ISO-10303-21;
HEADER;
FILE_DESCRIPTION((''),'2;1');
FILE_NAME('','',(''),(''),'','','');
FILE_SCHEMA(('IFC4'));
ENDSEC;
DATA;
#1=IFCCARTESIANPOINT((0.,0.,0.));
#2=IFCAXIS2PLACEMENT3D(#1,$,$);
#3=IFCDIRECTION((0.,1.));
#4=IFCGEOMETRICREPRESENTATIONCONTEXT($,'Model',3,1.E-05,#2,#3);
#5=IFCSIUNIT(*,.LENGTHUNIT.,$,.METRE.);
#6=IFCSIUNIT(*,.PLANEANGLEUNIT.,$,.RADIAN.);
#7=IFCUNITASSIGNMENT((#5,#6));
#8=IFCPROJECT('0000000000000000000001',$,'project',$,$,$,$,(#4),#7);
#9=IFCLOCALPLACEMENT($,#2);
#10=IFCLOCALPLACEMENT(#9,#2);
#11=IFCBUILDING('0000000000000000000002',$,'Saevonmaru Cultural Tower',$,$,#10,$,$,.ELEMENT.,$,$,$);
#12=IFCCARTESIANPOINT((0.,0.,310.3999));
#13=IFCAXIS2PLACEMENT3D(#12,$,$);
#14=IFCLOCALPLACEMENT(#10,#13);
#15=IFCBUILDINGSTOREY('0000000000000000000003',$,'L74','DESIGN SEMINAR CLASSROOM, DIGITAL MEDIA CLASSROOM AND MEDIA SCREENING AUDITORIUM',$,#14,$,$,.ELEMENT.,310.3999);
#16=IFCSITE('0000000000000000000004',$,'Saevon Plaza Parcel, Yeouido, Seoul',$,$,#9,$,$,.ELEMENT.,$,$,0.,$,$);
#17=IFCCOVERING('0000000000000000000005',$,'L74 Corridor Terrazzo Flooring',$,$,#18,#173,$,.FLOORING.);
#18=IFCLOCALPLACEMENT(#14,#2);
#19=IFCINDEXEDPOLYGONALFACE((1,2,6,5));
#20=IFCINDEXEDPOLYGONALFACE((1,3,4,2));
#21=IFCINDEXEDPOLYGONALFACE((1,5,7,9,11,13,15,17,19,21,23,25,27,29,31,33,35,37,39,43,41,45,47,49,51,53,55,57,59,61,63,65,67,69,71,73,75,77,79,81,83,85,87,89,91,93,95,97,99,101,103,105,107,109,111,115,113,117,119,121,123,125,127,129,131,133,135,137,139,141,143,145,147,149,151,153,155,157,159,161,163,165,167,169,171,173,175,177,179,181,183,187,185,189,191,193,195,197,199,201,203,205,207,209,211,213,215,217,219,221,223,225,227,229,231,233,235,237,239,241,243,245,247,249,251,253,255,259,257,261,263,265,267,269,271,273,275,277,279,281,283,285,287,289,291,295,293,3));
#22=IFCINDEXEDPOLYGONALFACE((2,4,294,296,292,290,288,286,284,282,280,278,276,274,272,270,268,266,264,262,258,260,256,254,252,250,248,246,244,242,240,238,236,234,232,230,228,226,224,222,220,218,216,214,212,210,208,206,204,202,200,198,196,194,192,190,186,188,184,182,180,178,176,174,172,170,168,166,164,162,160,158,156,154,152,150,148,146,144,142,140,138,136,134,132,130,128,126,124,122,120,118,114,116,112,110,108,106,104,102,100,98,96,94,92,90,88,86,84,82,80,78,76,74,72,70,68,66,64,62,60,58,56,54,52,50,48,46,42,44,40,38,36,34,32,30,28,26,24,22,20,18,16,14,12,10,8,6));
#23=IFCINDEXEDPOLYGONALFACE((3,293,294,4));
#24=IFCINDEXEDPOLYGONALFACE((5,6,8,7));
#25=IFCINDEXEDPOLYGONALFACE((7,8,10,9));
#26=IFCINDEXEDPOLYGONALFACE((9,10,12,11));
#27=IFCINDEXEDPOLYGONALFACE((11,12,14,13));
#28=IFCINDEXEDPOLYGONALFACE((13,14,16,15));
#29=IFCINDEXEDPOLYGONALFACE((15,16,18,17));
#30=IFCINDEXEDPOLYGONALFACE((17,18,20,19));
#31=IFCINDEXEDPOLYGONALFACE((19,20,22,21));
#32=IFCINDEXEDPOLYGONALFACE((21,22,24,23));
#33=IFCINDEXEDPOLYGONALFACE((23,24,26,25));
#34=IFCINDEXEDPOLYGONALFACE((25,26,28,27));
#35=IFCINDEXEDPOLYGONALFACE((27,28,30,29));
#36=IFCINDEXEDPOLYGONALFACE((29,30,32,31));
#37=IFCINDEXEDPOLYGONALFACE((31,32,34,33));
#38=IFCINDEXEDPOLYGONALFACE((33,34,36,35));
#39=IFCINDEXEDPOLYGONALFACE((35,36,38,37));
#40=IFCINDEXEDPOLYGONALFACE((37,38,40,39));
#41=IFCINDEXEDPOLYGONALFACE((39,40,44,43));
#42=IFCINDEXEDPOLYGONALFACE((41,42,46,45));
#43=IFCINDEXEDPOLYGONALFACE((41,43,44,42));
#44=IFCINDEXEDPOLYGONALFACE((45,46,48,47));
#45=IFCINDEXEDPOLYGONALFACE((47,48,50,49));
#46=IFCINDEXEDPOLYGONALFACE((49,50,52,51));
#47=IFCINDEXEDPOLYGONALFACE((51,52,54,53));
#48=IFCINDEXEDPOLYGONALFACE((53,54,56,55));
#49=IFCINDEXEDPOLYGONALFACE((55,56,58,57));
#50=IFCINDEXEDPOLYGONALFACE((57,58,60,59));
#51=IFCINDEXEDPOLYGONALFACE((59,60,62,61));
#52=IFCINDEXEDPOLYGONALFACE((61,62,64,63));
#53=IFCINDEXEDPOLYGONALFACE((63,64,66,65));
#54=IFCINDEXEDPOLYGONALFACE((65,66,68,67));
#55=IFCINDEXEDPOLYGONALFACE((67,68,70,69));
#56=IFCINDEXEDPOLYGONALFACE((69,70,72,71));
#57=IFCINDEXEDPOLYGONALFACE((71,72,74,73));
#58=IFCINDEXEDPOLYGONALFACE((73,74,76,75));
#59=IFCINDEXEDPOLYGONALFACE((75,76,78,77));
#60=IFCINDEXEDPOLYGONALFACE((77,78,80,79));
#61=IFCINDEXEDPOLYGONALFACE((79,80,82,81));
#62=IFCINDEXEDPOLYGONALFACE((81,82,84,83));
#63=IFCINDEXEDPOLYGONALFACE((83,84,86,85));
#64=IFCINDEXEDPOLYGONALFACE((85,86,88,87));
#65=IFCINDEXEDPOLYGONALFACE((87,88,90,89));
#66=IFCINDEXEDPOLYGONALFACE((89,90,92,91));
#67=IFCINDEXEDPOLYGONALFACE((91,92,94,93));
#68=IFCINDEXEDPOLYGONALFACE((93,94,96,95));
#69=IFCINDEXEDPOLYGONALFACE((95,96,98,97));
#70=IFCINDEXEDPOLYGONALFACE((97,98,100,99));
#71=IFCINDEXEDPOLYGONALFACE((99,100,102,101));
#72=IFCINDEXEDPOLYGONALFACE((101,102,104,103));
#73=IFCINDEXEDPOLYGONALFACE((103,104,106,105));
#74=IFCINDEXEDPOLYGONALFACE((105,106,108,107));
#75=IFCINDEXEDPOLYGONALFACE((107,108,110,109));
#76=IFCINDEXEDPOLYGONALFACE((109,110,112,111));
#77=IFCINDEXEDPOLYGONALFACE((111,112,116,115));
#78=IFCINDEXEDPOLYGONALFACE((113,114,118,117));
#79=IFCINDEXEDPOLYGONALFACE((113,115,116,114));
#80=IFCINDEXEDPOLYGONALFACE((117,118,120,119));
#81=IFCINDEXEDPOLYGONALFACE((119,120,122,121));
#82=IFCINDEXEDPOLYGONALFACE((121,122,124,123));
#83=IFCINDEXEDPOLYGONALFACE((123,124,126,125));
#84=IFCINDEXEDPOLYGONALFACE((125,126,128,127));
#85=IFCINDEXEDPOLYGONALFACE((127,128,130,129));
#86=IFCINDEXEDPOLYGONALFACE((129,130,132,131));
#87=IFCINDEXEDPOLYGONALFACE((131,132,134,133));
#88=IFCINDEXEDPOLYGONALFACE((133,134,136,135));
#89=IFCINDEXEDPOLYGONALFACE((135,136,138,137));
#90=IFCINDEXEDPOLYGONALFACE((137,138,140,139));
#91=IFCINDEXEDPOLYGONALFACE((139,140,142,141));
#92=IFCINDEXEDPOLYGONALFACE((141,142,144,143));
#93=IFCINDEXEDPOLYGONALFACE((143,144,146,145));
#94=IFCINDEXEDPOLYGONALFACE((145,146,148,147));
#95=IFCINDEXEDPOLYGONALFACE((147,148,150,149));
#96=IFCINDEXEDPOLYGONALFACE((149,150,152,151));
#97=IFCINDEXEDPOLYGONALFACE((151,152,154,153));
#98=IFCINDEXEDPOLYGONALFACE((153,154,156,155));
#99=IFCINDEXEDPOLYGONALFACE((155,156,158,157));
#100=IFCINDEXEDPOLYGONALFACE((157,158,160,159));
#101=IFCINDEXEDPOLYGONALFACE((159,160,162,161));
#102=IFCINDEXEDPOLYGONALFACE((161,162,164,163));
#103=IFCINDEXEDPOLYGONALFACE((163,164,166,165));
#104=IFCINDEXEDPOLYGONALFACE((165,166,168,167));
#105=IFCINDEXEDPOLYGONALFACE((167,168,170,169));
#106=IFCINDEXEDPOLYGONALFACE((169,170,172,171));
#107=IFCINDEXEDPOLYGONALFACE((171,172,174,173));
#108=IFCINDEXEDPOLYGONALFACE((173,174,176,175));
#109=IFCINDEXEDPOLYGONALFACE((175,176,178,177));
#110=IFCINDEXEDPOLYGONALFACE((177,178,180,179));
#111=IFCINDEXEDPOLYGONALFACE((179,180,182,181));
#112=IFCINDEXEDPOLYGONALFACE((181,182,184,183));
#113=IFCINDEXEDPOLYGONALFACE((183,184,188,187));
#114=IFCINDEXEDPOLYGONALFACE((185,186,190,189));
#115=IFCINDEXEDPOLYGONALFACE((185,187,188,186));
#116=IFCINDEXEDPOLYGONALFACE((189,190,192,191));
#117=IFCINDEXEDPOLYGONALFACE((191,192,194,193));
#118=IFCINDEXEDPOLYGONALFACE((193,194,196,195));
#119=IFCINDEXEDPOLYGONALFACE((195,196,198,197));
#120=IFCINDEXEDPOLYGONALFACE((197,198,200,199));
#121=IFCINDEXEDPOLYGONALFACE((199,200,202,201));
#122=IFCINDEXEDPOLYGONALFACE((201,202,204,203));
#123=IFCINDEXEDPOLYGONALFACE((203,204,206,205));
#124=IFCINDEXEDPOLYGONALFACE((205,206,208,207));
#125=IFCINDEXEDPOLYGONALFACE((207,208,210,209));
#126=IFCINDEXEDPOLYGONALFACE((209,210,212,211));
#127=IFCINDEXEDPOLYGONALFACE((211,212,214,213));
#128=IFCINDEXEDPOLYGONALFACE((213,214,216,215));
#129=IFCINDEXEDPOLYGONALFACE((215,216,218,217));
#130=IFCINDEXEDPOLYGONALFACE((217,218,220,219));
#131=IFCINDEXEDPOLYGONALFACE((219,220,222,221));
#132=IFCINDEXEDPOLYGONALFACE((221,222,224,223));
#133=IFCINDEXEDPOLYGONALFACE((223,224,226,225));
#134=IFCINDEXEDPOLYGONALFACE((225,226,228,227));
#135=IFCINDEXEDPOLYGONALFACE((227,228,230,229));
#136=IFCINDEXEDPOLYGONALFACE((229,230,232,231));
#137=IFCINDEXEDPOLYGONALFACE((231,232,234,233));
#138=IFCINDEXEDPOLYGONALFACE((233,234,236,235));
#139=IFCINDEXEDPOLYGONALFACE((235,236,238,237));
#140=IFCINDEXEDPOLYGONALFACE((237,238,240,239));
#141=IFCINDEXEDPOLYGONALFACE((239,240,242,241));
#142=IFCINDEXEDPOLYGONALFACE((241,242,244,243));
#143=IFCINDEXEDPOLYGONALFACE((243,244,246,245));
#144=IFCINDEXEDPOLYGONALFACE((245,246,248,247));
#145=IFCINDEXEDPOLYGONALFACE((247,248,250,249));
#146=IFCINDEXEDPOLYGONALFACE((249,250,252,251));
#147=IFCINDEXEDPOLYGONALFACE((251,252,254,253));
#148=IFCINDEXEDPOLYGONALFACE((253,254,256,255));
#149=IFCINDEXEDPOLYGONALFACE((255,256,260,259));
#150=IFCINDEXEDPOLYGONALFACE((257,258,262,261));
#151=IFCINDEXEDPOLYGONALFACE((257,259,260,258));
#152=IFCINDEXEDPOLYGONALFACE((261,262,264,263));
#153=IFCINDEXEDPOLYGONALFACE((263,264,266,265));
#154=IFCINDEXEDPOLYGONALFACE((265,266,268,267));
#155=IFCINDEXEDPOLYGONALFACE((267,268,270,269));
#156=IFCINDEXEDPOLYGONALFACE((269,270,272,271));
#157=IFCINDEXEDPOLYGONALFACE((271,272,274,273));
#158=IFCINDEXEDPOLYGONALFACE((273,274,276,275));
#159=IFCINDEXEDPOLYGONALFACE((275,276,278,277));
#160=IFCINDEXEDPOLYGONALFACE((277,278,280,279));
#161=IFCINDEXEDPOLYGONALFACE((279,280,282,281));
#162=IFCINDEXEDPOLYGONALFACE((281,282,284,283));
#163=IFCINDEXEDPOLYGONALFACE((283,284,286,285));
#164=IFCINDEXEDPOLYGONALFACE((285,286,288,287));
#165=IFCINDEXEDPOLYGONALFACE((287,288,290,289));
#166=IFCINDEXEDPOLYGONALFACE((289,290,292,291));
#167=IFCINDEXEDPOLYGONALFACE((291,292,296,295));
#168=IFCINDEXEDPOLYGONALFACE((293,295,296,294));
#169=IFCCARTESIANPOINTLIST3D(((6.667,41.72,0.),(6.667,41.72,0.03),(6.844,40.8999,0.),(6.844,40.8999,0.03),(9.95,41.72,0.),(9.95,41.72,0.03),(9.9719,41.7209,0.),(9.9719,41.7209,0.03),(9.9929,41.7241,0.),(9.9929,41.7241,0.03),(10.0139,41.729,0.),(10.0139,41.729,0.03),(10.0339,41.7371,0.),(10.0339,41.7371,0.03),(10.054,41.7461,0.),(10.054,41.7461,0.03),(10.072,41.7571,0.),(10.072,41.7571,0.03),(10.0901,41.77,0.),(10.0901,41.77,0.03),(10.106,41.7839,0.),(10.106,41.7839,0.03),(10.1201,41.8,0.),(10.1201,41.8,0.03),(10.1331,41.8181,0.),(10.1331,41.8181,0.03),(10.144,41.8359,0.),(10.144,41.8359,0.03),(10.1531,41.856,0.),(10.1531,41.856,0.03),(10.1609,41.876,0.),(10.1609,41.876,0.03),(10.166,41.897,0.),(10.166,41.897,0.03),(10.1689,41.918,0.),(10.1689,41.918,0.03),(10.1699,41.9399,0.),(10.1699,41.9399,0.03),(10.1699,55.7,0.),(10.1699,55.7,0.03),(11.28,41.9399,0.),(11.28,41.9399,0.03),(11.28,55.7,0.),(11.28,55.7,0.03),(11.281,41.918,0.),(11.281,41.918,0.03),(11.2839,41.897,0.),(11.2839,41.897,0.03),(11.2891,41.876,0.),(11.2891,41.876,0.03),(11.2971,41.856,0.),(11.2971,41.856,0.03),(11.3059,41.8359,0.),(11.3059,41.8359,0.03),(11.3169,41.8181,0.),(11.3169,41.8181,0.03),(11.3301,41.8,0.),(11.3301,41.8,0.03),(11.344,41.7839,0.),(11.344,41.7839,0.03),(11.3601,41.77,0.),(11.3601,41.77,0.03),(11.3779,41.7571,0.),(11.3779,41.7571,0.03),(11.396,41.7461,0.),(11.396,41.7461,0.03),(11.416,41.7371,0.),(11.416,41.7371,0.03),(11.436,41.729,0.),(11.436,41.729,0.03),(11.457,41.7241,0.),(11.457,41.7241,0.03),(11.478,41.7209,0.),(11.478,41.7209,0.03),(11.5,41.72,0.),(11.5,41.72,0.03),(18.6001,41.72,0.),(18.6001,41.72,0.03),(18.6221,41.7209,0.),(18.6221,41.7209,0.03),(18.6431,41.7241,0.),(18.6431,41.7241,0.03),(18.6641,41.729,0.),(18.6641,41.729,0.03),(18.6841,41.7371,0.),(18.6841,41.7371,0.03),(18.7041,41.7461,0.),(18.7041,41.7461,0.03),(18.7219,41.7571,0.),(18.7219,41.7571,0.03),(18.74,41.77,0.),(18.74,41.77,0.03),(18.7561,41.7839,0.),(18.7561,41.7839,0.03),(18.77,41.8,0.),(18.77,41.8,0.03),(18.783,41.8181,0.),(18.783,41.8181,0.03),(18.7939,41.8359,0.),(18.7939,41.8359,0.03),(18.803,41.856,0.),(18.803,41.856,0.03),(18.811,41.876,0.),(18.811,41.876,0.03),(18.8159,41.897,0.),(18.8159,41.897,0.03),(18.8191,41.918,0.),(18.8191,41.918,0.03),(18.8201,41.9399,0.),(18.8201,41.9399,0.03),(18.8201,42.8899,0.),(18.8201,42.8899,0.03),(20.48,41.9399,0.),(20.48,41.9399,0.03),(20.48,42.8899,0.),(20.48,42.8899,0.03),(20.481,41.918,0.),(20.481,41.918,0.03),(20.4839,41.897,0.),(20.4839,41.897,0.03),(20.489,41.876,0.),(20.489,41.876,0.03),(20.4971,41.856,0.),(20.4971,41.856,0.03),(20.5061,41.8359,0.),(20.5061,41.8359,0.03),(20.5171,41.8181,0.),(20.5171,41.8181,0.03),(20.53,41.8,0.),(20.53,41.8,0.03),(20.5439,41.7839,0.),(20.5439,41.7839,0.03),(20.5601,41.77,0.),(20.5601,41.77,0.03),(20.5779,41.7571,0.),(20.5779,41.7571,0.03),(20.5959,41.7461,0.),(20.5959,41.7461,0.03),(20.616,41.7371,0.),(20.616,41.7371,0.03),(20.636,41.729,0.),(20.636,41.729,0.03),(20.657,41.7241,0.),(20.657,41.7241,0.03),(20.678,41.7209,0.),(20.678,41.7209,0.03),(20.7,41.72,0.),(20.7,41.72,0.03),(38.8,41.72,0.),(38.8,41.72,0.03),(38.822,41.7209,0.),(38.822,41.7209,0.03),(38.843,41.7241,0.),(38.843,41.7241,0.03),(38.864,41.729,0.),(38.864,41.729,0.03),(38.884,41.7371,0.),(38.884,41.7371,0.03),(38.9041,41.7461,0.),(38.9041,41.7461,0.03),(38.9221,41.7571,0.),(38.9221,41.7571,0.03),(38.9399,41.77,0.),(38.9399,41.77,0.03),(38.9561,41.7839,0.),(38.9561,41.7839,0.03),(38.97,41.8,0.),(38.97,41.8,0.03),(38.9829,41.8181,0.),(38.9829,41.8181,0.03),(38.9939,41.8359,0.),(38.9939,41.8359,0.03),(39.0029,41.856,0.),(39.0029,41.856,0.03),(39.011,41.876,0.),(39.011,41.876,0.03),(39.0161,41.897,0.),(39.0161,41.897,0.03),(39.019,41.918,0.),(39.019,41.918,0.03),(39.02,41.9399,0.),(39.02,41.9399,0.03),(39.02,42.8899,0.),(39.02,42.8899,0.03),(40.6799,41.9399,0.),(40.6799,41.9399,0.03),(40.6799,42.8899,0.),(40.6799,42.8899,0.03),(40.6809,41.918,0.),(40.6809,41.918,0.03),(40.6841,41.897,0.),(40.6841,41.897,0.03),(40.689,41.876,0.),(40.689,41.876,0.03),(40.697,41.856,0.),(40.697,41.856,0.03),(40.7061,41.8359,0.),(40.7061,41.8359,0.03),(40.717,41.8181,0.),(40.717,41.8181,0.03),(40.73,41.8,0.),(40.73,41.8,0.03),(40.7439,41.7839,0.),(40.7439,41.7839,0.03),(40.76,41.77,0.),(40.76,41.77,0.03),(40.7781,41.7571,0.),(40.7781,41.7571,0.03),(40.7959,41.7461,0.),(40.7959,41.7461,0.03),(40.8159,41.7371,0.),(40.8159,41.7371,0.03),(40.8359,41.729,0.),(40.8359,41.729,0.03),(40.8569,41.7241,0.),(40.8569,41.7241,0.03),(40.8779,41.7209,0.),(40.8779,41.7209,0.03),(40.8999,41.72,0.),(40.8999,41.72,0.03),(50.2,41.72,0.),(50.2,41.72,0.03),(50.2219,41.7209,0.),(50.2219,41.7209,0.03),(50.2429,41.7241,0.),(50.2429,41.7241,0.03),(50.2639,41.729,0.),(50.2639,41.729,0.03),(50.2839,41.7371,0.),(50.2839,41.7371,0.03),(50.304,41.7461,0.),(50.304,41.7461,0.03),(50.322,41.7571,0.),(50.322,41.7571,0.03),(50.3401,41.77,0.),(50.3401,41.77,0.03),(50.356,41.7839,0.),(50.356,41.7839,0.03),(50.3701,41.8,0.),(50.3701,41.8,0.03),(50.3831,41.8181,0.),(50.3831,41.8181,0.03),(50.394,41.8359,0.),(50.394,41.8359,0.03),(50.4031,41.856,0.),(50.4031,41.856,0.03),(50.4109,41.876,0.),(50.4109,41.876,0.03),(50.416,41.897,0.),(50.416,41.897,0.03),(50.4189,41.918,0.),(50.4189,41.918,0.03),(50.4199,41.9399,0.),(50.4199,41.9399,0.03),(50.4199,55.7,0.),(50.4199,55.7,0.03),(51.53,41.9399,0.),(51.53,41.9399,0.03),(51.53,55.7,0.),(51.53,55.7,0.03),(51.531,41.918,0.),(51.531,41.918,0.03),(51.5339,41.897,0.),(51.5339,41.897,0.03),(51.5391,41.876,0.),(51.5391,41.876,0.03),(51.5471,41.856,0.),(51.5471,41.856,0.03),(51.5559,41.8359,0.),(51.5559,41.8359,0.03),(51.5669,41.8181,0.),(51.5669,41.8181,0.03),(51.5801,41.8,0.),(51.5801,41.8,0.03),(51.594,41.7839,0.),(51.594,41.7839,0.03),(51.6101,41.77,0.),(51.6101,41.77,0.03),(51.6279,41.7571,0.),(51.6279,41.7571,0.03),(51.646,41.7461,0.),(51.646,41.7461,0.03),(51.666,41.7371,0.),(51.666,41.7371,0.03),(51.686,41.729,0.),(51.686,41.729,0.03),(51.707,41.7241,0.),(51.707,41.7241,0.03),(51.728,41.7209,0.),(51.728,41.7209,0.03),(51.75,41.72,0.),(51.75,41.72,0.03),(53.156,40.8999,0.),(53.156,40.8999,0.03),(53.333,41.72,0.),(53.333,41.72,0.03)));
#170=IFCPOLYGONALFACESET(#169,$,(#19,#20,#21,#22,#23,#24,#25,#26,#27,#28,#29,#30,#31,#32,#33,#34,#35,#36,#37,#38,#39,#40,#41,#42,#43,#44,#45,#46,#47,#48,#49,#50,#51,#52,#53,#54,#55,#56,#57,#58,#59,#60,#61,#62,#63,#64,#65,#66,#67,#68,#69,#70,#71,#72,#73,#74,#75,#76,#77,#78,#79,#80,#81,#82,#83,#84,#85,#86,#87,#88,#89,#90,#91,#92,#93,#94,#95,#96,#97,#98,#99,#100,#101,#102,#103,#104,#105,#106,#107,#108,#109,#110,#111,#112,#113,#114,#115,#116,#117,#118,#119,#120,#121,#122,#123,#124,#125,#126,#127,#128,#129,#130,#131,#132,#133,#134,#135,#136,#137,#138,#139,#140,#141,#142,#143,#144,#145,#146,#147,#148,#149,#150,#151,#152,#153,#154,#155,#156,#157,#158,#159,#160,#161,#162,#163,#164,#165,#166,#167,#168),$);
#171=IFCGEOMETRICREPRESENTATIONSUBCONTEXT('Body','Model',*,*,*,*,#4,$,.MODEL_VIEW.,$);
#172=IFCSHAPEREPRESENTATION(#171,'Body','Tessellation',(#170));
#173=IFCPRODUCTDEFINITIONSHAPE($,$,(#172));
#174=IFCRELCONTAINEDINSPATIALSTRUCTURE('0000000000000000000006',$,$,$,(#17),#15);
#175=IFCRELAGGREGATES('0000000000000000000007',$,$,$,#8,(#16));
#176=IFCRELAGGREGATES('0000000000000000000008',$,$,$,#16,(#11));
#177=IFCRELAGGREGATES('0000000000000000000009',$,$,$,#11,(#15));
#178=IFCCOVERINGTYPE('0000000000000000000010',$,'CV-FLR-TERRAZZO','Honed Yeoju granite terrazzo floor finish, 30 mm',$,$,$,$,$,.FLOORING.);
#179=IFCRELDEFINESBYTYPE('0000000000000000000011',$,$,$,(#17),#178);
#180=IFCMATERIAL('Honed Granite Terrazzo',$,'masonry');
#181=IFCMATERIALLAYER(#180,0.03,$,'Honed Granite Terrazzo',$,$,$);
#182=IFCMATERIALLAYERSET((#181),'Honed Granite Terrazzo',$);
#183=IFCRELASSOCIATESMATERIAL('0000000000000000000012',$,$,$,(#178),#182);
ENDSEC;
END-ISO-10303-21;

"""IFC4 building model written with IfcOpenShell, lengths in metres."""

from ifc_helpers import new_model, si_unit, direction, frame, origin, place, context, subcontext, project, spatial, polyline, outline, extrude, material, layer, layer_set, type_object, element, save


model = new_model("IFC4")

# Units and contexts
model_context = context("Model", 3, precision=1e-05, world=origin(), true_north=direction((0.0, 1.0)))
body_context = subcontext(model_context, "Body", "Model", "MODEL_VIEW")
ifc_project = project(units=[si_unit("LENGTHUNIT", "METRE"), si_unit("PLANEANGLEUNIT", "RADIAN")], contexts=[model_context])

# Site, building, storey
site_placement = place(None, origin())
site = spatial("IfcSite", under=ifc_project, at=site_placement, Name="Saevon Plaza Parcel, Yeouido, Seoul", CompositionType="ELEMENT", RefElevation=0.0)
building_placement = place(site_placement, origin())
building = spatial("IfcBuilding", under=site, at=building_placement, Name="Saevonmaru Cultural Tower", CompositionType="ELEMENT")
storey_placement = place(building_placement, frame((0.0, 0.0, 310.3999)))
storey = spatial("IfcBuildingStorey", under=building, at=storey_placement, Name="L74", Description="DESIGN SEMINAR CLASSROOM, DIGITAL MEDIA CLASSROOM AND MEDIA SCREENING AUDITORIUM", CompositionType="ELEMENT", Elevation=310.3999)

# Covering
ifc_material_1 = material(Name="Honed Granite Terrazzo", Category="masonry")
ifc_layer_1 = layer(ifc_material_1, 0.03, Name="Honed Granite Terrazzo")
ifc_layer_set_1 = layer_set([ifc_layer_1], Name="Honed Granite Terrazzo")
covering_type_1 = type_object("IfcCoveringType", Name="CV-FLR-TERRAZZO", Description="Honed Yeoju granite terrazzo floor finish, 30 mm", PredefinedType="FLOORING", material=ifc_layer_set_1)
covering_1_placement = place(storey_placement, origin())
element("IfcCovering", 1, at=covering_1_placement, inside=storey, type_object=covering_type_1, Name="L74 Corridor Terrazzo Flooring", PredefinedType="FLOORING", context=body_context, shape_type="SweptSolid", body=[
    extrude(outline(polyline([(6.844, 40.8999), (6.667, 41.72), (9.95, 41.72), (9.9719, 41.7209), (9.9929, 41.7241), (10.0139, 41.729), (10.0339, 41.7371), (10.054, 41.7461), (10.072, 41.7571), (10.0901, 41.77), (10.106, 41.7839), (10.1201, 41.8), (10.1331, 41.8181), (10.144, 41.8359), (10.1531, 41.856), (10.1609, 41.876), (10.166, 41.897), (10.1689, 41.918), (10.1699, 41.9399), (10.1699, 55.7), (11.28, 55.7), (11.28, 41.9399), (11.281, 41.918), (11.2839, 41.897), (11.2891, 41.876), (11.2971, 41.856), (11.3059, 41.8359), (11.3169, 41.8181), (11.3301, 41.8), (11.344, 41.7839), (11.3601, 41.77), (11.3779, 41.7571), (11.396, 41.7461), (11.416, 41.7371), (11.436, 41.729), (11.457, 41.7241), (11.478, 41.7209), (11.5, 41.72), (18.6001, 41.72), (18.6221, 41.7209), (18.6431, 41.7241), (18.6641, 41.729), (18.6841, 41.7371), (18.7041, 41.7461), (18.7219, 41.7571), (18.74, 41.77), (18.7561, 41.7839), (18.77, 41.8), (18.783, 41.8181), (18.7939, 41.8359), (18.803, 41.856), (18.811, 41.876), (18.8159, 41.897), (18.8191, 41.918), (18.8201, 41.9399), (18.8201, 42.8899), (20.48, 42.8899), (20.48, 41.9399), (20.481, 41.918), (20.4839, 41.897), (20.489, 41.876), (20.4971, 41.856), (20.5061, 41.8359), (20.5171, 41.8181), (20.53, 41.8), (20.5439, 41.7839), (20.5601, 41.77), (20.5779, 41.7571), (20.5959, 41.7461), (20.616, 41.7371), (20.636, 41.729), (20.657, 41.7241), (20.678, 41.7209), (20.7, 41.72), (38.8, 41.72), (38.822, 41.7209), (38.843, 41.7241), (38.864, 41.729), (38.884, 41.7371), (38.9041, 41.7461), (38.9221, 41.7571), (38.9399, 41.77), (38.9561, 41.7839), (38.97, 41.8), (38.9829, 41.8181), (38.9939, 41.8359), (39.0029, 41.856), (39.011, 41.876), (39.0161, 41.897), (39.019, 41.918), (39.02, 41.9399), (39.02, 42.8899), (40.6799, 42.8899), (40.6799, 41.9399), (40.6809, 41.918), (40.6841, 41.897), (40.689, 41.876), (40.697, 41.856), (40.7061, 41.8359), (40.717, 41.8181), (40.73, 41.8), (40.7439, 41.7839), (40.76, 41.77), (40.7781, 41.7571), (40.7959, 41.7461), (40.8159, 41.7371), (40.8359, 41.729), (40.8569, 41.7241), (40.8779, 41.7209), (40.8999, 41.72), (50.2, 41.72), (50.2219, 41.7209), (50.2429, 41.7241), (50.2639, 41.729), (50.2839, 41.7371), (50.304, 41.7461), (50.322, 41.7571), (50.3401, 41.77), (50.356, 41.7839), (50.3701, 41.8), (50.3831, 41.8181), (50.394, 41.8359), (50.4031, 41.856), (50.4109, 41.876), (50.416, 41.897), (50.4189, 41.918), (50.4199, 41.9399), (50.4199, 55.7), (51.53, 55.7), (51.53, 41.9399), (51.531, 41.918), (51.5339, 41.897), (51.5391, 41.876), (51.5471, 41.856), (51.5559, 41.8359), (51.5669, 41.8181), (51.5801, 41.8), (51.594, 41.7839), (51.6101, 41.77), (51.6279, 41.7571), (51.646, 41.7461), (51.666, 41.7371), (51.686, 41.729), (51.707, 41.7241), (51.728, 41.7209), (51.75, 41.72), (53.333, 41.72), (53.156, 40.8999), (6.844, 40.8999)])), origin(), (0.0, 0.0, 1.0), 0.03),
])

save(model, "model.ifc")
